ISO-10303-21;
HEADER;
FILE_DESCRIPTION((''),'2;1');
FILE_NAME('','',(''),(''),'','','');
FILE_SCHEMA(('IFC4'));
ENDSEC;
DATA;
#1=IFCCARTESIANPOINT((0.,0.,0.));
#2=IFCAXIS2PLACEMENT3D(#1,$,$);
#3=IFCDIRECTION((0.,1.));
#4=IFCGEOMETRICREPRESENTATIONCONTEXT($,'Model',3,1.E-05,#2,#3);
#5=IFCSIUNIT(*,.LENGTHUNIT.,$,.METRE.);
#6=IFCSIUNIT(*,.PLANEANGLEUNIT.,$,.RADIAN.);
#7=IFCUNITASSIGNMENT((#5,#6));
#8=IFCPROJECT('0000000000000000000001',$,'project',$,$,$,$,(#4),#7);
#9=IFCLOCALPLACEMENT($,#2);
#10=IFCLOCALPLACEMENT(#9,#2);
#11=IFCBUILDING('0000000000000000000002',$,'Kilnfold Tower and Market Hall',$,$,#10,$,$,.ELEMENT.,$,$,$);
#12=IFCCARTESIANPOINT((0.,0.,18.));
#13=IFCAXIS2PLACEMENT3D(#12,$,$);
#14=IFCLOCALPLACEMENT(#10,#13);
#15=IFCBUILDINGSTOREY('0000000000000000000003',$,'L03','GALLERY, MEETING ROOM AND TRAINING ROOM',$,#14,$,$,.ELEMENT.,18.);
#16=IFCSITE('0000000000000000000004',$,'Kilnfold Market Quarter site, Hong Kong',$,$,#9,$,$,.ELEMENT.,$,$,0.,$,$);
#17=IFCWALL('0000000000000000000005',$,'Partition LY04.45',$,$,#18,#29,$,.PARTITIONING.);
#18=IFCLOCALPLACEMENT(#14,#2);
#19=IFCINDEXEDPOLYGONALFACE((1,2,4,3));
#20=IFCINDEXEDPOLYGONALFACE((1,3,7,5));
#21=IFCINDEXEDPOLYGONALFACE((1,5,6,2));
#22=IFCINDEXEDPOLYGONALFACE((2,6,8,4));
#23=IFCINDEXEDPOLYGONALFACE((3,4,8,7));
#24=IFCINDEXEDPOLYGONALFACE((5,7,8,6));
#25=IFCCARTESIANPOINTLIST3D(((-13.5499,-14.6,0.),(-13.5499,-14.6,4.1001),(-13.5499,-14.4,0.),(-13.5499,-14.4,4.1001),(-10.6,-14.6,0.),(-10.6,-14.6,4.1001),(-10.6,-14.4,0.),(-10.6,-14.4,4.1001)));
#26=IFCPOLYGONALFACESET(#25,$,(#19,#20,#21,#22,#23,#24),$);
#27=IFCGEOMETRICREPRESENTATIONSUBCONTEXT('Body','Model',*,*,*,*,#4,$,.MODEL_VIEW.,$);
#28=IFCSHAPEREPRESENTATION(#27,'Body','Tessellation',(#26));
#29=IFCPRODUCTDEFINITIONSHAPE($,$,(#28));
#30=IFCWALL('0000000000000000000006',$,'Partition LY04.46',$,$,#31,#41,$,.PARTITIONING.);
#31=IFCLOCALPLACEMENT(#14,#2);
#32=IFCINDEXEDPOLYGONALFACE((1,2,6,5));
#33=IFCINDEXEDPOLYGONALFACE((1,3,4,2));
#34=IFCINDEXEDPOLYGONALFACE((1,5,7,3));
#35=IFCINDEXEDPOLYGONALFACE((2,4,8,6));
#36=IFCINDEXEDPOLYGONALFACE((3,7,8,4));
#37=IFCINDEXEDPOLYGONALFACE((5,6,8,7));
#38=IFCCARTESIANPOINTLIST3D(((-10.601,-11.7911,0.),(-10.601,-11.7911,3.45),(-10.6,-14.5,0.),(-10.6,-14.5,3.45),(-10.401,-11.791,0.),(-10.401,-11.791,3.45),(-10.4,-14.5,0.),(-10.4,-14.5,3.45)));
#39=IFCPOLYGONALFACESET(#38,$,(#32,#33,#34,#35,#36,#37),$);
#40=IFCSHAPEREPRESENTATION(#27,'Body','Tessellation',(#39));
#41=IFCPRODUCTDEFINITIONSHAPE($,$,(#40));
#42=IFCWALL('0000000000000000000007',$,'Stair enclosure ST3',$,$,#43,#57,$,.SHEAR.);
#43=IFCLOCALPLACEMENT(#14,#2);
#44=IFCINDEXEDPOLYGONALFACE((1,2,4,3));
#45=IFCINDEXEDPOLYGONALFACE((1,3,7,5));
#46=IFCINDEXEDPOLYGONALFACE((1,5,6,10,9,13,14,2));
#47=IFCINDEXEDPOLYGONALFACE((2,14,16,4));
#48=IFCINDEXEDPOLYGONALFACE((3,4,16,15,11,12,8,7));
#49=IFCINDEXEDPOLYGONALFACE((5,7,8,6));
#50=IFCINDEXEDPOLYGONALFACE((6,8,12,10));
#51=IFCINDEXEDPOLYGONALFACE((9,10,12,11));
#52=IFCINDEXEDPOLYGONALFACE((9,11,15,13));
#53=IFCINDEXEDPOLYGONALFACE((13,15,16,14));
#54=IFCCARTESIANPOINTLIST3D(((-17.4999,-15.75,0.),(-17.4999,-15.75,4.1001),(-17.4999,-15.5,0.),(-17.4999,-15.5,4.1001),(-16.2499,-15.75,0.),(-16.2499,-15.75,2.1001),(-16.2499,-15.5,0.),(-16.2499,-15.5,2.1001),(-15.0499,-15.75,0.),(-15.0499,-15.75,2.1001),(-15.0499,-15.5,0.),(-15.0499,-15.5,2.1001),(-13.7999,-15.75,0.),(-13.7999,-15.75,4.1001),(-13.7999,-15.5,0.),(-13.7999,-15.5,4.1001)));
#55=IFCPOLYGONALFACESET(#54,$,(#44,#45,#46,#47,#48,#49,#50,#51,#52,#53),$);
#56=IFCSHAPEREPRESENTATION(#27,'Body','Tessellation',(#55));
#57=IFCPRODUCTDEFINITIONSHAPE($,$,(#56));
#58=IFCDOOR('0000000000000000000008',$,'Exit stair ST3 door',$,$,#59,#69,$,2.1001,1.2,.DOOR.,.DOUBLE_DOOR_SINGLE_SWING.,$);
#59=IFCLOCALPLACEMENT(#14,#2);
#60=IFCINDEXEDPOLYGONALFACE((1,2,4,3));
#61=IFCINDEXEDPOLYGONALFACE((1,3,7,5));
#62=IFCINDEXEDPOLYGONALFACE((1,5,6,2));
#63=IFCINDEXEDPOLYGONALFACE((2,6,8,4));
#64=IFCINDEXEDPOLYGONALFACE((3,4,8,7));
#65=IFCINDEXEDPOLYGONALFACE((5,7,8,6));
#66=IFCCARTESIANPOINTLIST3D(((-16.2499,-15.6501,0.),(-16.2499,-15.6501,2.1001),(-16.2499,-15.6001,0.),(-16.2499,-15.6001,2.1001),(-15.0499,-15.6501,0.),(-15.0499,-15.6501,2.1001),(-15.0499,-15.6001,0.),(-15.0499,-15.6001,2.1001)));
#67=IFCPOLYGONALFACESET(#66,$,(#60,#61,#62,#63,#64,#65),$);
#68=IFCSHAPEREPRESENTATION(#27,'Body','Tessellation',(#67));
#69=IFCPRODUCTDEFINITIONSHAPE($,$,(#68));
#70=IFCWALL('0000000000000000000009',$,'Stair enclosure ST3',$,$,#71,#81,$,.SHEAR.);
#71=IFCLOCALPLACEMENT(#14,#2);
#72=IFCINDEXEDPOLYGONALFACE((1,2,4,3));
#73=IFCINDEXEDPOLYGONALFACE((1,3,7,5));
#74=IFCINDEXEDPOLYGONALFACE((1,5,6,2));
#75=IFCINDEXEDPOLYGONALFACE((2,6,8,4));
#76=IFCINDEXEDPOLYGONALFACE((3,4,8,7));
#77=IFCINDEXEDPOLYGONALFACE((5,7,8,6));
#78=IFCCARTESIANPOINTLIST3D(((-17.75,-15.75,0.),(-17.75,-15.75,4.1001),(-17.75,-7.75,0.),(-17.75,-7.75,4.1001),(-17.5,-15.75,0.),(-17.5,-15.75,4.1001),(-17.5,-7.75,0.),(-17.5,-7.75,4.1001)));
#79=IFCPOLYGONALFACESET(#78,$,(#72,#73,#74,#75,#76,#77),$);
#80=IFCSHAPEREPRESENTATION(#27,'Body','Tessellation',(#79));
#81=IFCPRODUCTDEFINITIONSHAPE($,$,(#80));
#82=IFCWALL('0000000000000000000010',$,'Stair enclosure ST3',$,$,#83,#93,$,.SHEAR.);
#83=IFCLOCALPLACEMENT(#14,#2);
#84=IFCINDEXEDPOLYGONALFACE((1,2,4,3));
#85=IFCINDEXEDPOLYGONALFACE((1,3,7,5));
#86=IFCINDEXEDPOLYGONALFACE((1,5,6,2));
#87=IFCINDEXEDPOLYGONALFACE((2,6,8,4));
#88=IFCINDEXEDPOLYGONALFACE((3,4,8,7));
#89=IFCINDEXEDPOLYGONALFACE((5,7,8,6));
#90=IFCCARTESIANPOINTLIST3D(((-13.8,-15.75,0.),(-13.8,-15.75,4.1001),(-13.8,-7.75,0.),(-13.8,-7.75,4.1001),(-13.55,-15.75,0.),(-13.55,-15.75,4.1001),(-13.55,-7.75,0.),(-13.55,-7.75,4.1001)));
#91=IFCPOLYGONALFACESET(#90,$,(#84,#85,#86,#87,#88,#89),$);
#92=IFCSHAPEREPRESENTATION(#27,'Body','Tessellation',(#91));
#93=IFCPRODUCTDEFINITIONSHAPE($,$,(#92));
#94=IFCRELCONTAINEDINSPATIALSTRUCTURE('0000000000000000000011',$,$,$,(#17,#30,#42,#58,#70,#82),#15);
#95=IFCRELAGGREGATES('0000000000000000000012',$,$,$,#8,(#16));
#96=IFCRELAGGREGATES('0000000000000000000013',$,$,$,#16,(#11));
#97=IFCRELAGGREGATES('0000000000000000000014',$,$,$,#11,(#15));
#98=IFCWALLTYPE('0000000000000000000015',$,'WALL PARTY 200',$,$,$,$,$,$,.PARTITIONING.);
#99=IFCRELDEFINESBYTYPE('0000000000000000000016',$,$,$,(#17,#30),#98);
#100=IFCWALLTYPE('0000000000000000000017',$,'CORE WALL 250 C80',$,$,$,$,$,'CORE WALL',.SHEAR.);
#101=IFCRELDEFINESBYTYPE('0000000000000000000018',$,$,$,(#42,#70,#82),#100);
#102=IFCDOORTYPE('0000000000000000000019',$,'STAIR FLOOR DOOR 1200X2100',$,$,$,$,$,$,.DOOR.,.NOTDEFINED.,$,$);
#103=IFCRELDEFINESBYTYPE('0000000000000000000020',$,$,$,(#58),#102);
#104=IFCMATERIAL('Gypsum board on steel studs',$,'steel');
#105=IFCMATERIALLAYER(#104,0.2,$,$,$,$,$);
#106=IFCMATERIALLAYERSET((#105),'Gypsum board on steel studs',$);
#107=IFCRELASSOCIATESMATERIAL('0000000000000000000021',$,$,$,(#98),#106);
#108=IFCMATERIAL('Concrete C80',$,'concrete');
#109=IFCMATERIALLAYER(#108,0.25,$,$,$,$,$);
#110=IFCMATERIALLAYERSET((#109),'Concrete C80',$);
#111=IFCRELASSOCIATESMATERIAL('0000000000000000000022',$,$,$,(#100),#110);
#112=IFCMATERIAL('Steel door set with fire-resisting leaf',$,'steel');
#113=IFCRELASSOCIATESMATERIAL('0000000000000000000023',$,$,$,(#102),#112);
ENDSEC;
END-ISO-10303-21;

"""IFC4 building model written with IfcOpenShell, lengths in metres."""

from ifc_helpers import new_model, si_unit, direction, frame, frame_2d, origin, place, context, subcontext, project, spatial, rectangle, extrude, source, transform, mapped, material, layer, layer_set, type_object, element, fill, save


model = new_model("IFC4")

# Units and contexts
model_context = context("Model", 3, precision=1e-05, world=origin(), true_north=direction((0.0, 1.0)))
body_context = subcontext(model_context, "Body", "Model", "MODEL_VIEW")
ifc_project = project(units=[si_unit("LENGTHUNIT", "METRE"), si_unit("PLANEANGLEUNIT", "RADIAN")], contexts=[model_context])

# Site, building, storey
site_placement = place(None, origin())
site = spatial("IfcSite", under=ifc_project, at=site_placement, Name="Kilnfold Market Quarter site, Hong Kong", CompositionType="ELEMENT", RefElevation=0.0)
building_placement = place(site_placement, origin())
building = spatial("IfcBuilding", under=site, at=building_placement, Name="Kilnfold Tower and Market Hall", CompositionType="ELEMENT")
storey_placement = place(building_placement, frame((0.0, 0.0, 18.0)))
storey = spatial("IfcBuildingStorey", under=building, at=storey_placement, Name="L03", Description="GALLERY, MEETING ROOM AND TRAINING ROOM", CompositionType="ELEMENT", Elevation=18.0)

# Walls
ifc_material_1 = material(Name="Gypsum board on steel studs", Category="steel")
ifc_layer_1 = layer(ifc_material_1, 0.2)
ifc_layer_set_1 = layer_set([ifc_layer_1], Name="Gypsum board on steel studs")
wall_type_1 = type_object("IfcWallType", Name="WALL PARTY 200", PredefinedType="PARTITIONING", material=ifc_layer_set_1)
wall_1_placement = place(storey_placement, frame((-13.55, -14.5, 0.0), z_axis=(0.0, 0.0, 1.0), x_axis=(1.0, 0.0, 0.0)))
element("IfcWall", 1, at=wall_1_placement, inside=storey, type_object=wall_type_1, Name="Partition LY04.45", PredefinedType="PARTITIONING", context=body_context, shape_type="SweptSolid", body=[
    extrude(rectangle(XDim=2.95, YDim=0.2, at=frame_2d((1.4751, 0.0))), origin(), (0.0, 0.0, 1.0), 4.1001),
])
wall_2_placement = place(storey_placement, frame((-10.5, -14.5, 0.0), z_axis=(0.0, 0.0, 1.0), x_axis=(-0.00036, 1.0, 0.0)))
element("IfcWall", 2, at=wall_2_placement, inside=storey, type_object=wall_type_1, Name="Partition LY04.46", PredefinedType="PARTITIONING", context=body_context, shape_type="SweptSolid", body=[
    extrude(rectangle(XDim=2.709, YDim=0.2, at=frame_2d((1.3545, 0.0))), origin(), (0.0, 0.0, 1.0), 3.45),
])

# Wall, opening, door
ifc_material_2 = material(Name="Concrete C80", Category="concrete")
ifc_layer_2 = layer(ifc_material_2, 0.25)
ifc_layer_set_2 = layer_set([ifc_layer_2], Name="Concrete C80")
wall_type_2 = type_object("IfcWallType", Name="CORE WALL 250 C80", ElementType="CORE WALL", PredefinedType="SHEAR", material=ifc_layer_set_2)
shared_shape_1 = source(origin(), body_context, "Body", "SweptSolid", [
    extrude(rectangle(XDim=3.7, YDim=0.25, at=frame_2d((1.8501, 0.0))), origin(), (0.0, 0.0, 1.0), 4.1001),
])
wall_3_placement = place(storey_placement, frame((-17.5, -15.625, 0.0), z_axis=(0.0, 0.0, 1.0), x_axis=(1.0, 0.0, 0.0)))
wall_3 = element("IfcWall", 3, at=wall_3_placement, inside=storey, type_object=wall_type_2, Name="Stair enclosure ST3", PredefinedType="SHEAR", context=body_context, shape_type="MappedRepresentation", body=[
    mapped(shared_shape_1, transform((0.0, 0.0, 0.0))),
])
opening_1_placement = place(wall_3_placement, frame((1.25, 0.0, 0.0)))
opening_1 = element("IfcOpeningElement", 4, at=opening_1_placement, cuts=wall_3, PredefinedType="OPENING", context=body_context, shape_type="SweptSolid", body=[
    extrude(rectangle(XDim=1.2, YDim=2.1001, at=frame_2d((0.6001, 1.05))), frame((0.0, 0.135, 0.0), z_axis=(0.0, -1.0, 0.0), x_axis=(1.0, 0.0, 0.0)), (0.0, 0.0, 1.0), 0.27),
])
ifc_material_3 = material(Name="Steel door set with fire-resisting leaf", Category="steel")
door_type_1 = type_object("IfcDoorType", Name="STAIR FLOOR DOOR 1200X2100", OperationType="NOTDEFINED", PredefinedType="DOOR", material=ifc_material_3)
door_1_placement = place(opening_1_placement, origin())
door_1 = element("IfcDoor", 5, at=door_1_placement, inside=storey, type_object=door_type_1, Name="Exit stair ST3 door", OperationType="DOUBLE_DOOR_SINGLE_SWING", OverallHeight=2.1001, OverallWidth=1.2, PredefinedType="DOOR", context=body_context, shape_type="SweptSolid", body=[
    extrude(rectangle(XDim=1.2, YDim=2.1001, at=frame_2d((0.6001, 1.05))), frame((0.0, 0.0249, 0.0), z_axis=(0.0, -1.0, 0.0), x_axis=(1.0, 0.0, 0.0)), (0.0, 0.0, 1.0), 0.05),
])
fill(opening_1, door_1)

# Walls
shared_shape_2 = source(origin(), body_context, "Body", "SweptSolid", [
    extrude(rectangle(XDim=8.0, YDim=0.25, at=frame_2d((4.0, 0.0))), origin(), (0.0, 0.0, 1.0), 4.1001),
])
for number, where, z_axis, x_axis, name in (
    (6, (-17.625, -15.75, 0.0), (0.0, 0.0, 1.0), (0.0, 1.0, 0.0), "Stair enclosure ST3"),
    (7, (-13.675, -15.75, 0.0), (0.0, 0.0, 1.0), (0.0, 1.0, 0.0), "Stair enclosure ST3"),
):
    element("IfcWall", number, at=place(storey_placement, frame(where, z_axis=z_axis, x_axis=x_axis)), inside=storey, type_object=wall_type_2, Name=name, PredefinedType="SHEAR", context=body_context, shape_type="MappedRepresentation", body=[
        mapped(shared_shape_2, transform((0.0, 0.0, 0.0))),
    ])

save(model, "model.ifc")
